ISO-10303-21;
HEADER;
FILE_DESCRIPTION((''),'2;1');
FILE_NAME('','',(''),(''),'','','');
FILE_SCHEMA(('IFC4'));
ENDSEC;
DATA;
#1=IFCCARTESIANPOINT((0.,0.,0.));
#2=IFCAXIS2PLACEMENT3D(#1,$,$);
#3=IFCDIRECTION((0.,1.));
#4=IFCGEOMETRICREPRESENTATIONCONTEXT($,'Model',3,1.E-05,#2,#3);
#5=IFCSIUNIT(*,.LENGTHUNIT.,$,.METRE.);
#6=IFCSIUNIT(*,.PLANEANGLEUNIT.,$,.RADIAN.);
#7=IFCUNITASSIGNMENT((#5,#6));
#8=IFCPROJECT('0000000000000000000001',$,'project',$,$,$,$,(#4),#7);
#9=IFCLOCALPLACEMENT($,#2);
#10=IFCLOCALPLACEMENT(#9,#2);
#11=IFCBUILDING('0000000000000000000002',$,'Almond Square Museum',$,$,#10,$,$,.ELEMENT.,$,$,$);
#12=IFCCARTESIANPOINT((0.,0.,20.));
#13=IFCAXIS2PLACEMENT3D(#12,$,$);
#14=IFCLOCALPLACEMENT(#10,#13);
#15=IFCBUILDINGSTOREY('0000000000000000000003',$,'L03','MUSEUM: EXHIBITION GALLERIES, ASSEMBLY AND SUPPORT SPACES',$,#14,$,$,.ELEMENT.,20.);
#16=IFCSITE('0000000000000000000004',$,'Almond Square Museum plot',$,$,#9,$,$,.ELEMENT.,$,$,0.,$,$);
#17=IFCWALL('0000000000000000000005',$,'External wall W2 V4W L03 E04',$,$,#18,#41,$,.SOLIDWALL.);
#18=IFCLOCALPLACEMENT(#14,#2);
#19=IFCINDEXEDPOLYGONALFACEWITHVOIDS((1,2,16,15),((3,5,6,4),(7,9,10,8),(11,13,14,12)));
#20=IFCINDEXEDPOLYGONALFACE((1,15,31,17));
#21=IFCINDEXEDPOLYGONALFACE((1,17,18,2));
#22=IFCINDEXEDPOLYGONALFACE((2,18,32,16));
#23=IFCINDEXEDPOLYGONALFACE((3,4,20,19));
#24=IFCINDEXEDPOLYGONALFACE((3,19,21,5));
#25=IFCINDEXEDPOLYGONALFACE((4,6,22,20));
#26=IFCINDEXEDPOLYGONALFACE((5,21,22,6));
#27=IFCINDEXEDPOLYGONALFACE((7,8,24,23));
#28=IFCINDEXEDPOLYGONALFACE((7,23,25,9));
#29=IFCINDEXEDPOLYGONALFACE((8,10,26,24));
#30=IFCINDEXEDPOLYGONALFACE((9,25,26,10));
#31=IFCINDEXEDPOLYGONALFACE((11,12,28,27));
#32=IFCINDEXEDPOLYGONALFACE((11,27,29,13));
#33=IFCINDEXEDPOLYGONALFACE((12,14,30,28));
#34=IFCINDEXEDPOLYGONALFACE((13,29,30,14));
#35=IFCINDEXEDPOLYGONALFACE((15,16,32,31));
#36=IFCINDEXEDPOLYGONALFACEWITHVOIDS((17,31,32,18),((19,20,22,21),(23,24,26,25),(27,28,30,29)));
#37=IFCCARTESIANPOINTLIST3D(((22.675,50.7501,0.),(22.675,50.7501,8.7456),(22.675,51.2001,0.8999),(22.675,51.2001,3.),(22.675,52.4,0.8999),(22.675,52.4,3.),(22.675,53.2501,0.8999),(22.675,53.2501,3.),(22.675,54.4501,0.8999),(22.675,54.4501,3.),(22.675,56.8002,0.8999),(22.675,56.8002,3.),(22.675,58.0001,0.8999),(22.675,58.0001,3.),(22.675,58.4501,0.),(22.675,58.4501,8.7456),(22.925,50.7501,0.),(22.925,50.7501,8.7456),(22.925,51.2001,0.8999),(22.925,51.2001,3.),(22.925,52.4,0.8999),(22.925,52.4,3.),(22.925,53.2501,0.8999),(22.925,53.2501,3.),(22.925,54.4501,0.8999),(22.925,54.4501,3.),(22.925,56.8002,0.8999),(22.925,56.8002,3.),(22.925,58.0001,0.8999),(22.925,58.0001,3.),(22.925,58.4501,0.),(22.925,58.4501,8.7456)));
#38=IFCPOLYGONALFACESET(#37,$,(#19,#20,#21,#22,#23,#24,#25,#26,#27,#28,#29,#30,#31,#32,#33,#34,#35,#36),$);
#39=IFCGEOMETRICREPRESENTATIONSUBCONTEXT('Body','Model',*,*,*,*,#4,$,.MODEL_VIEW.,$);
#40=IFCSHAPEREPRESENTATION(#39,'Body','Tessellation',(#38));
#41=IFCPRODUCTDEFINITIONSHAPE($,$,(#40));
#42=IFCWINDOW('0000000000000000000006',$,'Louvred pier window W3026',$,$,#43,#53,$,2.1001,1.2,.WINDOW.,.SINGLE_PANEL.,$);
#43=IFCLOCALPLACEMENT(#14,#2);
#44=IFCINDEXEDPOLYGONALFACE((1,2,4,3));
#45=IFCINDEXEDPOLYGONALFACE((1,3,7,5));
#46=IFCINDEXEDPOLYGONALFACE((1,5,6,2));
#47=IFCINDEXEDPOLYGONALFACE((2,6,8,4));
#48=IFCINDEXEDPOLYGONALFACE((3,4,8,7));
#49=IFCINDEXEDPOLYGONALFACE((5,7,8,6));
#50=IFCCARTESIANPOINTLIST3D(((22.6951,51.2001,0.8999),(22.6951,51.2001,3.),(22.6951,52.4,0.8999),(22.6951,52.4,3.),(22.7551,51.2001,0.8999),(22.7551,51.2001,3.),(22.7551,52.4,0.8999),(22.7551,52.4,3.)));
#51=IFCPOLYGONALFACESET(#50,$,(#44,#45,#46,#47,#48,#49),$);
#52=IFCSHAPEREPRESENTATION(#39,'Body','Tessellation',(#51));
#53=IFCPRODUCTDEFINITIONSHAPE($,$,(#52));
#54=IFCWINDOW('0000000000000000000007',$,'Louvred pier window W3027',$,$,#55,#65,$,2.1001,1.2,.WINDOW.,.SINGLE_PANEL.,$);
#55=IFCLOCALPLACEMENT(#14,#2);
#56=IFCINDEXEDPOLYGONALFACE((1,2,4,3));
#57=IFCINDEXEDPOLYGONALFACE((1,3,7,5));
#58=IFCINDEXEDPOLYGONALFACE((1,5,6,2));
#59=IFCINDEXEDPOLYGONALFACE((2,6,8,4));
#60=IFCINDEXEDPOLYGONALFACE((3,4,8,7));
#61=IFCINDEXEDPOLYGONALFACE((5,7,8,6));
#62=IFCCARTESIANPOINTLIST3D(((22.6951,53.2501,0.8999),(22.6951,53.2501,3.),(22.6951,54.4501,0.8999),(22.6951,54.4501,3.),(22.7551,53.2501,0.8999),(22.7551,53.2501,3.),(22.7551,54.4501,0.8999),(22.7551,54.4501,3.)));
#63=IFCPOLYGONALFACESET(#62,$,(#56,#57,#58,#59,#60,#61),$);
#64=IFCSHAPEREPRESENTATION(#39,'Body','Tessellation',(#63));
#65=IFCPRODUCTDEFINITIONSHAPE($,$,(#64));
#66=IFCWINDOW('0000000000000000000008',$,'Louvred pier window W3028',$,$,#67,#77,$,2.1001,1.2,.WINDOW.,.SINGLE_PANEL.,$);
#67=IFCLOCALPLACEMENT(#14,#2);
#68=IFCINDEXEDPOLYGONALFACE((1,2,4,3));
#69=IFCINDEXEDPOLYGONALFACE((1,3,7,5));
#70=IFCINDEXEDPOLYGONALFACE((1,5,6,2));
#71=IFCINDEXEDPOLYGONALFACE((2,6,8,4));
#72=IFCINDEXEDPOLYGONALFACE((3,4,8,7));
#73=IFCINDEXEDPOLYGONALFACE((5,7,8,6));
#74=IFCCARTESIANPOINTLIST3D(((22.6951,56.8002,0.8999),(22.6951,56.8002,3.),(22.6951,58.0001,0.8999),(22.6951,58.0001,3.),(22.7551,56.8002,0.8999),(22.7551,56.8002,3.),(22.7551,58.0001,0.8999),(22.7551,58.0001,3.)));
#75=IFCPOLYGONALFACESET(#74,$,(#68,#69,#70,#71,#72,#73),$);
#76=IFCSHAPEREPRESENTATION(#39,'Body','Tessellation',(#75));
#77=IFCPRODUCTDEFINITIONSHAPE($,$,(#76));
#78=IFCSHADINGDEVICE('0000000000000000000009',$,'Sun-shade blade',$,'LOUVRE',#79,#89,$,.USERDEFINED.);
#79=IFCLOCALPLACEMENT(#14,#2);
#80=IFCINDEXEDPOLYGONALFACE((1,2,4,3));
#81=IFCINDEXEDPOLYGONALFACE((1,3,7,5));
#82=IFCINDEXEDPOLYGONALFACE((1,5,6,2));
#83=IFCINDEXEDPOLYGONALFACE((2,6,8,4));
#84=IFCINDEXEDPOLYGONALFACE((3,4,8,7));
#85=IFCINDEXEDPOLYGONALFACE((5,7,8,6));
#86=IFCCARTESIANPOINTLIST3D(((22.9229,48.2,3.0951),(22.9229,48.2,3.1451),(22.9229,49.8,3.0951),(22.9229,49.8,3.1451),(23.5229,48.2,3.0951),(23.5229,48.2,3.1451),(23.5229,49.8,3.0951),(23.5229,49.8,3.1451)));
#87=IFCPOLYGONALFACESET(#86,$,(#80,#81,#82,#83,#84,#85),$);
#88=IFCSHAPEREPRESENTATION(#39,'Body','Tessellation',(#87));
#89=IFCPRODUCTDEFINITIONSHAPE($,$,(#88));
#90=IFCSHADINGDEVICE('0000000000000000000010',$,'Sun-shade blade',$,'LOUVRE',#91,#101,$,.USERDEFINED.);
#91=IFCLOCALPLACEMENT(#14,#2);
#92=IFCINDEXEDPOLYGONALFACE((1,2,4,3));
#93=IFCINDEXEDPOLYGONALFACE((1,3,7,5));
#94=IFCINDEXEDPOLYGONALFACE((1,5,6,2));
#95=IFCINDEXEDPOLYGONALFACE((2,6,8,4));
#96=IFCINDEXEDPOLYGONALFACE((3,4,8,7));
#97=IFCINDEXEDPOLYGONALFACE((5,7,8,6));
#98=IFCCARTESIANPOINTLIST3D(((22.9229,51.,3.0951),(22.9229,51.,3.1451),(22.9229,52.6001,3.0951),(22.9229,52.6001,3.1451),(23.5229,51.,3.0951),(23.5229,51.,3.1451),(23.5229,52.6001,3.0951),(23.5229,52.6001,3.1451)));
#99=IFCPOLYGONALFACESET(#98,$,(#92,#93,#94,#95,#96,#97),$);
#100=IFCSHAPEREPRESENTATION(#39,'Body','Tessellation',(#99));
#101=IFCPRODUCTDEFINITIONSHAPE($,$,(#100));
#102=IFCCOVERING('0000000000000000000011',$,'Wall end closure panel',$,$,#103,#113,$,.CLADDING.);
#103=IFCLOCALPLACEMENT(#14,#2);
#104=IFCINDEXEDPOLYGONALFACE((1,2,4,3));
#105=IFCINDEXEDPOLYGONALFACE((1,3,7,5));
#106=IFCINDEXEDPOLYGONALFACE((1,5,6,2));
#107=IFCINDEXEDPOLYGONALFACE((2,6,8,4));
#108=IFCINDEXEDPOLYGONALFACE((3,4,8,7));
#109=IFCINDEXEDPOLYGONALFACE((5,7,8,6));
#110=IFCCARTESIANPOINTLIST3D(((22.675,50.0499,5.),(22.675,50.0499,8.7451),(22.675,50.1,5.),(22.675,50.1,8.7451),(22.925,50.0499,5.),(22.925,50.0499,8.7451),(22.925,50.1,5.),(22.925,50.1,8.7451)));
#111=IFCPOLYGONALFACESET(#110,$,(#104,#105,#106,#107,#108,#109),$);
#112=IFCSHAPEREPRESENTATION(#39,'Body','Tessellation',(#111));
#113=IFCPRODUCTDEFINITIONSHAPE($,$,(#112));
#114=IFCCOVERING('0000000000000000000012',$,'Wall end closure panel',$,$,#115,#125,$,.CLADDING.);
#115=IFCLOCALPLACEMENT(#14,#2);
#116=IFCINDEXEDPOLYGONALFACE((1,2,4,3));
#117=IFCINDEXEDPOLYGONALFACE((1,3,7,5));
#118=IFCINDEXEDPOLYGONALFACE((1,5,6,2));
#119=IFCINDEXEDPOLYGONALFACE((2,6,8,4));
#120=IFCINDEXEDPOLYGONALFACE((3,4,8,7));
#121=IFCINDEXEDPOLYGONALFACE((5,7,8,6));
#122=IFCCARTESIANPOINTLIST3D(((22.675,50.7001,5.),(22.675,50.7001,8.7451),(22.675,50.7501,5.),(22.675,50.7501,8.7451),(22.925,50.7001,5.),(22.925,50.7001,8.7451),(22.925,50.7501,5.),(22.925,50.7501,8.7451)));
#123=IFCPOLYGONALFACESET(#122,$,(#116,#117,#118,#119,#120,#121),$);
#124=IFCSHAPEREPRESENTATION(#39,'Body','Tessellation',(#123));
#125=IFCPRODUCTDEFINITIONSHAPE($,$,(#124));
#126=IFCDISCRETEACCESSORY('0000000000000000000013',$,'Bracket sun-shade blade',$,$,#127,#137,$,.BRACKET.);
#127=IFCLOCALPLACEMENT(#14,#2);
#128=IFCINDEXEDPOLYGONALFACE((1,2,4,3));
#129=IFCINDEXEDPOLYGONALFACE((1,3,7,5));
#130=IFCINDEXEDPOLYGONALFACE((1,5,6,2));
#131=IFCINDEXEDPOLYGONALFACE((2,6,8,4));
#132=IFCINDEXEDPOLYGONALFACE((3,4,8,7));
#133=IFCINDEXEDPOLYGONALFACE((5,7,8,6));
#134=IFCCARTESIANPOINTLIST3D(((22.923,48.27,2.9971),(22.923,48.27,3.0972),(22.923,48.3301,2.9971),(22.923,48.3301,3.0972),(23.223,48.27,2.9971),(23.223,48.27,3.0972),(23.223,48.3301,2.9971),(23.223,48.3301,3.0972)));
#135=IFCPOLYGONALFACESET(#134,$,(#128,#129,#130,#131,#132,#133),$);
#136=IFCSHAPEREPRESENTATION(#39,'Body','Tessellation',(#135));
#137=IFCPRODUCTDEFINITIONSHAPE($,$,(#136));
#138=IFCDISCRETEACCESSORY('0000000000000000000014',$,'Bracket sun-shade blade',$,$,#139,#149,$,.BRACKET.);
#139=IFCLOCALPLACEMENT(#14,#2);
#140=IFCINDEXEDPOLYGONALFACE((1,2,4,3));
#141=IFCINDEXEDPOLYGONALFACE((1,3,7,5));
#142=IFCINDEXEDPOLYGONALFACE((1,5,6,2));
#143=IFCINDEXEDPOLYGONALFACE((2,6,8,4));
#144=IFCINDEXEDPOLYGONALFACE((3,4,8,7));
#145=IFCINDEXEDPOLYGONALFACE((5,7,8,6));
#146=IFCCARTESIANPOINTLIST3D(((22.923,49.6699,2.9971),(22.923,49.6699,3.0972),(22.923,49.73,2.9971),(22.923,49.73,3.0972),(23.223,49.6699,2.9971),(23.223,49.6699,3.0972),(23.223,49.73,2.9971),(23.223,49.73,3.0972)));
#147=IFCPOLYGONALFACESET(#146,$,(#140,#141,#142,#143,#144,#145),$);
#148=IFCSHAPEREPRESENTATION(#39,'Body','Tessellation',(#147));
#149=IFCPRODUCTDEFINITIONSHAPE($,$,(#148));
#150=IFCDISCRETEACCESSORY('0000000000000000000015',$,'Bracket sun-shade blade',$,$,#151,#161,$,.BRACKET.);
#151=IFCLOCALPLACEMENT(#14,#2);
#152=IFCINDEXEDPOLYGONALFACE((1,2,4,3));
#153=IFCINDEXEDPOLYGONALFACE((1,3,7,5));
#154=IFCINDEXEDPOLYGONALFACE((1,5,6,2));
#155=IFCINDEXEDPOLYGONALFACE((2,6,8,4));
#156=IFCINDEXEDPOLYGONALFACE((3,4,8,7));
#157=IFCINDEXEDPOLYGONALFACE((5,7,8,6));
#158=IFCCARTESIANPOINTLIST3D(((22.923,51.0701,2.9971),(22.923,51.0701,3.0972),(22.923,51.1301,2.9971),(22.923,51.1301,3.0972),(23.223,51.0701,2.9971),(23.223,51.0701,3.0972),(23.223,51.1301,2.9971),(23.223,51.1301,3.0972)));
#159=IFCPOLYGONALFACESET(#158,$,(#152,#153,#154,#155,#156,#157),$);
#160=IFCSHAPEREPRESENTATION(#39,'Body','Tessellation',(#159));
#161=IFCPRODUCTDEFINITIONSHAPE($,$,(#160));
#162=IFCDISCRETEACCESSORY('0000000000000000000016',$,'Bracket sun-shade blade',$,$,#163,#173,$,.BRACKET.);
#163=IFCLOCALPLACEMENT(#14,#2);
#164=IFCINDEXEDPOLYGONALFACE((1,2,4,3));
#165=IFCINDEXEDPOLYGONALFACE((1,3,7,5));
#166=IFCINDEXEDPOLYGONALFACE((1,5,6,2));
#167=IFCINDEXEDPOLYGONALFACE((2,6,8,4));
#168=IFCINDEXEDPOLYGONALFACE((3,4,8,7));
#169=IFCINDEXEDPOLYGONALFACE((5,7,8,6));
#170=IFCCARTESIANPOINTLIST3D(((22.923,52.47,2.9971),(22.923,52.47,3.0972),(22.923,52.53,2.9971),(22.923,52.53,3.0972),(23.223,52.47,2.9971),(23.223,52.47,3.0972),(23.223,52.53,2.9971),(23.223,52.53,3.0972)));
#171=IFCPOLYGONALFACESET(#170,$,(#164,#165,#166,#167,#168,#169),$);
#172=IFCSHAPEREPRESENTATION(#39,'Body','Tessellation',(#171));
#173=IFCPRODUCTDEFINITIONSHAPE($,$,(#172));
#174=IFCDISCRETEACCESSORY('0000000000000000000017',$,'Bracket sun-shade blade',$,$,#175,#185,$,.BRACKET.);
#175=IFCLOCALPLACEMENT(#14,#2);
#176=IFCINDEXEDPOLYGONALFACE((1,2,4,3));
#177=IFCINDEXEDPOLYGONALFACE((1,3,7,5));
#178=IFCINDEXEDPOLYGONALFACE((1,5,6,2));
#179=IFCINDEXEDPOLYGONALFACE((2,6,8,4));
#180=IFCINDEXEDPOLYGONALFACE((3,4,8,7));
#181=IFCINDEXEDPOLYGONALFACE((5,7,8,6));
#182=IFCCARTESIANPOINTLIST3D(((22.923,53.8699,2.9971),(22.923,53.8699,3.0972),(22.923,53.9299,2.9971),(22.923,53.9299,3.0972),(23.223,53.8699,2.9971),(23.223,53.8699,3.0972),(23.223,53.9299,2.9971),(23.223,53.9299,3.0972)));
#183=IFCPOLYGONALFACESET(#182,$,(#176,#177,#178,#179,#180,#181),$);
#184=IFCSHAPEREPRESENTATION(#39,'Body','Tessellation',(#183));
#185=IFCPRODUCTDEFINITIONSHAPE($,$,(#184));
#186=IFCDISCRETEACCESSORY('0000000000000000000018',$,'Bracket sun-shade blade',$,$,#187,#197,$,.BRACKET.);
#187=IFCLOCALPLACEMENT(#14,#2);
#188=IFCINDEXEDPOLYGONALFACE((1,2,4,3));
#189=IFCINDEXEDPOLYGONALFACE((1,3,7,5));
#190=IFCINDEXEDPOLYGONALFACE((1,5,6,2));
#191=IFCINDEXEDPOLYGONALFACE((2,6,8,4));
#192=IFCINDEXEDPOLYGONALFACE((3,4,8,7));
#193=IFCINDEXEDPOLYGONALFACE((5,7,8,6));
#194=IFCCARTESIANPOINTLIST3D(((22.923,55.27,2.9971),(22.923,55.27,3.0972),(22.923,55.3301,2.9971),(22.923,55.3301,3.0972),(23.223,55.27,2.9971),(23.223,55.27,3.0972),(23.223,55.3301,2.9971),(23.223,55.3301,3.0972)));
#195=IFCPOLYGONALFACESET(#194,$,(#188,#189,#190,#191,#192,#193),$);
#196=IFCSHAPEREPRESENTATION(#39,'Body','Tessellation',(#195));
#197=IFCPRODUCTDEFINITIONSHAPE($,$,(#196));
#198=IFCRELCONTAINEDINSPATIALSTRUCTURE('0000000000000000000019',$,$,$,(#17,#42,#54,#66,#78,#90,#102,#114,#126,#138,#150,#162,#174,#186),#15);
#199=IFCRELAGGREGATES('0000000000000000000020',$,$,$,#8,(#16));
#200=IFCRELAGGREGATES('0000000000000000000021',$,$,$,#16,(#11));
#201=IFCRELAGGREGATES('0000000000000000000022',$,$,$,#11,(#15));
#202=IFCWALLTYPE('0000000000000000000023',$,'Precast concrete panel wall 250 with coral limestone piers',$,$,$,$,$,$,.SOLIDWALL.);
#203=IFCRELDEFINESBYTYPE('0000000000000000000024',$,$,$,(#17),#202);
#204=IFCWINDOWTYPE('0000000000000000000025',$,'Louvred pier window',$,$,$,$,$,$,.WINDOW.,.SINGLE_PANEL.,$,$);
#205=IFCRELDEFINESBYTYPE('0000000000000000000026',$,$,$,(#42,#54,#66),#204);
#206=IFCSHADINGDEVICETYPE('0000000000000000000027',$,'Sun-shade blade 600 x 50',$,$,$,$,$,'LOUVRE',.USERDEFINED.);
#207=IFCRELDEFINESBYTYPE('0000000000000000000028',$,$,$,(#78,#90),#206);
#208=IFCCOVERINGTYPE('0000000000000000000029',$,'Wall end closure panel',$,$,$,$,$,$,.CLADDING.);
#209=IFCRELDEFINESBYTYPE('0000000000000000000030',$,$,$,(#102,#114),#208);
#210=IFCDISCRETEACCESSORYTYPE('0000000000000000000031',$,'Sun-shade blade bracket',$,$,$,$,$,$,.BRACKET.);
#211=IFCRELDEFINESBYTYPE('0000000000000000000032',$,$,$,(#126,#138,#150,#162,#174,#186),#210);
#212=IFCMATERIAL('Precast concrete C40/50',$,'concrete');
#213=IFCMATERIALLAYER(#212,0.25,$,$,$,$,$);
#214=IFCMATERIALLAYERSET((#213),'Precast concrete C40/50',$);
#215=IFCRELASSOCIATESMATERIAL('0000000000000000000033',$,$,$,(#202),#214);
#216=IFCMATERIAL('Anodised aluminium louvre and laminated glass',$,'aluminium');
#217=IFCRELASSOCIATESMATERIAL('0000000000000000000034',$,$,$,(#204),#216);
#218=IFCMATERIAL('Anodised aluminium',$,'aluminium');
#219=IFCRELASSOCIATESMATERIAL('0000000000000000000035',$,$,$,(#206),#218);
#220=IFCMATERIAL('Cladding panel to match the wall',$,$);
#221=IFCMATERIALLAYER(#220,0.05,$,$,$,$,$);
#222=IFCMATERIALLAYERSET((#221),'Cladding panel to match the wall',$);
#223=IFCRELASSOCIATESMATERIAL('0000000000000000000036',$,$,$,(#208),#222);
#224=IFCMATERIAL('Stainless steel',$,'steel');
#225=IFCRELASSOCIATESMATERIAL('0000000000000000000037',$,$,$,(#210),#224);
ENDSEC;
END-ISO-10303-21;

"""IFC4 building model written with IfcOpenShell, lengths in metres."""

from ifc_helpers import new_model, si_unit, direction, frame, frame_2d, origin, origin_2d, place, context, subcontext, project, spatial, rectangle, extrude, material, layer, layer_set, material_profile, profile_set, type_object, element, fill, save


model = new_model("IFC4")

# Units and contexts
model_context = context("Model", 3, precision=1e-05, world=origin(), true_north=direction((0.0, 1.0)))
body_context = subcontext(model_context, "Body", "Model", "MODEL_VIEW")
ifc_project = project(units=[si_unit("LENGTHUNIT", "METRE"), si_unit("PLANEANGLEUNIT", "RADIAN")], contexts=[model_context])

# Site, building, storey
site_placement = place(None, origin())
site = spatial("IfcSite", under=ifc_project, at=site_placement, Name="Almond Square Museum plot", CompositionType="ELEMENT", RefElevation=0.0)
building_placement = place(site_placement, origin())
building = spatial("IfcBuilding", under=site, at=building_placement, Name="Almond Square Museum", CompositionType="ELEMENT")
storey_placement = place(building_placement, frame((0.0, 0.0, 20.0)))
storey = spatial("IfcBuildingStorey", under=building, at=storey_placement, Name="L03", Description="MUSEUM: EXHIBITION GALLERIES, ASSEMBLY AND SUPPORT SPACES", CompositionType="ELEMENT", Elevation=20.0)

# Wall, openings, windows
ifc_material_1 = material(Name="Precast concrete C40/50", Category="concrete")
ifc_layer_1 = layer(ifc_material_1, 0.25)
ifc_layer_set_1 = layer_set([ifc_layer_1], Name="Precast concrete C40/50")
wall_type_1 = type_object("IfcWallType", Name="Precast concrete panel wall 250 with coral limestone piers", PredefinedType="SOLIDWALL", material=ifc_layer_set_1)
wall_1_placement = place(storey_placement, frame((22.8, 50.75, 0.0), z_axis=(0.0, 0.0, 1.0), x_axis=(0.0, 1.0, 0.0)))
wall_1 = element("IfcWall", 1, at=wall_1_placement, inside=storey, type_object=wall_type_1, Name="External wall W2 V4W L03 E04", PredefinedType="SOLIDWALL", context=body_context, shape_type="SweptSolid", body=[
    extrude(rectangle(XDim=7.7, YDim=0.25, at=frame_2d((3.8501, 0.0))), origin(), (0.0, 0.0, 1.0), 8.7456),
])
opening_1_placement = place(wall_1_placement, frame((0.45, 0.0, 0.8999)))
opening_1 = element("IfcOpeningElement", 2, at=opening_1_placement, cuts=wall_1, PredefinedType="OPENING", context=body_context, shape_type="SweptSolid", body=[
    extrude(rectangle(XDim=1.2, YDim=2.1001, at=frame_2d((0.6001, 1.05))), frame((0.0, 0.135, 0.0), z_axis=(0.0, -1.0, 0.0), x_axis=(1.0, 0.0, 0.0)), (0.0, 0.0, 1.0), 0.27),
])
opening_2_placement = place(wall_1_placement, frame((2.5, 0.0, 0.8999)))
opening_2 = element("IfcOpeningElement", 3, at=opening_2_placement, cuts=wall_1, PredefinedType="OPENING", context=body_context, shape_type="SweptSolid", body=[
    extrude(rectangle(XDim=1.2, YDim=2.1001, at=frame_2d((0.6001, 1.05))), frame((0.0, 0.135, 0.0), z_axis=(0.0, -1.0, 0.0), x_axis=(1.0, 0.0, 0.0)), (0.0, 0.0, 1.0), 0.27),
])
opening_3_placement = place(wall_1_placement, frame((6.05, 0.0, 0.8999)))
opening_3 = element("IfcOpeningElement", 4, at=opening_3_placement, cuts=wall_1, PredefinedType="OPENING", context=body_context, shape_type="SweptSolid", body=[
    extrude(rectangle(XDim=1.2, YDim=2.1001, at=frame_2d((0.6001, 1.05))), frame((0.0, 0.135, 0.0), z_axis=(0.0, -1.0, 0.0), x_axis=(1.0, 0.0, 0.0)), (0.0, 0.0, 1.0), 0.27),
])
ifc_material_2 = material(Name="Anodised aluminium louvre and laminated glass", Category="aluminium")
window_type = type_object("IfcWindowType", Name="Louvred pier window", PartitioningType="SINGLE_PANEL", PredefinedType="WINDOW", material=ifc_material_2)
window_1_placement = place(opening_1_placement, origin())
window_1 = element("IfcWindow", 5, at=window_1_placement, inside=storey, type_object=window_type, Name="Louvred pier window W3026", OverallHeight=2.1001, OverallWidth=1.2, PartitioningType="SINGLE_PANEL", PredefinedType="WINDOW", context=body_context, shape_type="SweptSolid", body=[
    extrude(rectangle(XDim=1.2, YDim=2.1001, at=frame_2d((0.6001, 1.05))), frame((0.0, 0.105, 0.0), z_axis=(0.0, -1.0, 0.0), x_axis=(1.0, 0.0, 0.0)), (0.0, 0.0, 1.0), 0.0601),
])
fill(opening_1, window_1)
window_2_placement = place(opening_2_placement, origin())
window_2 = element("IfcWindow", 6, at=window_2_placement, inside=storey, type_object=window_type, Name="Louvred pier window W3027", OverallHeight=2.1001, OverallWidth=1.2, PartitioningType="SINGLE_PANEL", PredefinedType="WINDOW", context=body_context, shape_type="SweptSolid", body=[
    extrude(rectangle(XDim=1.2, YDim=2.1001, at=frame_2d((0.6001, 1.05))), frame((0.0, 0.105, 0.0), z_axis=(0.0, -1.0, 0.0), x_axis=(1.0, 0.0, 0.0)), (0.0, 0.0, 1.0), 0.0601),
])
fill(opening_2, window_2)
window_3_placement = place(opening_3_placement, origin())
window_3 = element("IfcWindow", 7, at=window_3_placement, inside=storey, type_object=window_type, Name="Louvred pier window W3028", OverallHeight=2.1001, OverallWidth=1.2, PartitioningType="SINGLE_PANEL", PredefinedType="WINDOW", context=body_context, shape_type="SweptSolid", body=[
    extrude(rectangle(XDim=1.2, YDim=2.1001, at=frame_2d((0.6001, 1.05))), frame((0.0, 0.105, 0.0), z_axis=(0.0, -1.0, 0.0), x_axis=(1.0, 0.0, 0.0)), (0.0, 0.0, 1.0), 0.0601),
])
fill(opening_3, window_3)

# Shading devices
ifc_material_3 = material(Name="Anodised aluminium", Category="aluminium")
ifc_material_profile_1 = material_profile(ifc_material_3, rectangle(XDim=0.6001, YDim=0.05, at=origin_2d()))
ifc_profile_set_1 = profile_set([ifc_material_profile_1], Name="Anodised aluminium")
shading_device_type = type_object("IfcShadingDeviceType", Name="Sun-shade blade 600 x 50", ElementType="LOUVRE", PredefinedType="USERDEFINED", material=ifc_profile_set_1)
for number, where, z_axis, x_axis, name in (
    (8, (23.2229, 48.2, 3.1201), (0.0, 1.0, 0.0), (-1.0, 0.0, 0.0), "Sun-shade blade"),
    (9, (23.2229, 51.0, 3.1201), (0.0, 1.0, 0.0), (-1.0, 0.0, 0.0), "Sun-shade blade"),
):
    element("IfcShadingDevice", number, at=place(storey_placement, frame(where, z_axis=z_axis, x_axis=x_axis)), inside=storey, type_object=shading_device_type, Name=name, ObjectType="LOUVRE", PredefinedType="USERDEFINED", context=body_context, shape_type="SweptSolid", body=[
        extrude(rectangle(XDim=0.6001, YDim=0.05, at=origin_2d()), origin(), (0.0, 0.0, 1.0), 1.6001),
    ])

# Coverings
ifc_material_4 = material(Name="Cladding panel to match the wall")
ifc_layer_2 = layer(ifc_material_4, 0.05)
ifc_layer_set_2 = layer_set([ifc_layer_2], Name="Cladding panel to match the wall")
covering_type = type_object("IfcCoveringType", Name="Wall end closure panel", PredefinedType="CLADDING", material=ifc_layer_set_2)
for number, where, z_axis, x_axis, name in (
    (10, (22.8, 50.075, 5.0), (0.0, 0.0, 1.0), (1.0, 0.0, 0.0), "Wall end closure panel"),
    (11, (22.8, 50.7251, 5.0), (0.0, 0.0, 1.0), (1.0, 0.0, 0.0), "Wall end closure panel"),
):
    element("IfcCovering", number, at=place(storey_placement, frame(where, z_axis=z_axis, x_axis=x_axis)), inside=storey, type_object=covering_type, Name=name, PredefinedType="CLADDING", context=body_context, shape_type="SweptSolid", body=[
        extrude(rectangle(XDim=0.25, YDim=0.05, at=origin_2d()), origin(), (0.0, 0.0, 1.0), 3.7451),
    ])

# Discrete accessories
ifc_material_5 = material(Name="Stainless steel", Category="steel")
discrete_accessory_type = type_object("IfcDiscreteAccessoryType", Name="Sun-shade blade bracket", PredefinedType="BRACKET", material=ifc_material_5)
for number, where, z_axis, x_axis, name in (
    (12, (23.073, 48.3, 2.9971), (0.0, 0.0, 1.0), (1.0, 0.0, 0.0), "Bracket sun-shade blade"),
    (13, (23.073, 49.7, 2.9971), (0.0, 0.0, 1.0), (1.0, 0.0, 0.0), "Bracket sun-shade blade"),
    (14, (23.073, 51.1001, 2.9971), (0.0, 0.0, 1.0), (1.0, 0.0, 0.0), "Bracket sun-shade blade"),
    (15, (23.073, 52.5, 2.9971), (0.0, 0.0, 1.0), (1.0, 0.0, 0.0), "Bracket sun-shade blade"),
    (16, (23.073, 53.8999, 2.9971), (0.0, 0.0, 1.0), (1.0, 0.0, 0.0), "Bracket sun-shade blade"),
    (17, (23.073, 55.3, 2.9971), (0.0, 0.0, 1.0), (1.0, 0.0, 0.0), "Bracket sun-shade blade"),
):
    element("IfcDiscreteAccessory", number, at=place(storey_placement, frame(where, z_axis=z_axis, x_axis=x_axis)), inside=storey, type_object=discrete_accessory_type, Name=name, PredefinedType="BRACKET", context=body_context, shape_type="SweptSolid", body=[
        extrude(rectangle(XDim=0.3, YDim=0.0601, at=origin_2d()), origin(), (0.0, 0.0, 1.0), 0.1001),
    ])

save(model, "model.ifc")
